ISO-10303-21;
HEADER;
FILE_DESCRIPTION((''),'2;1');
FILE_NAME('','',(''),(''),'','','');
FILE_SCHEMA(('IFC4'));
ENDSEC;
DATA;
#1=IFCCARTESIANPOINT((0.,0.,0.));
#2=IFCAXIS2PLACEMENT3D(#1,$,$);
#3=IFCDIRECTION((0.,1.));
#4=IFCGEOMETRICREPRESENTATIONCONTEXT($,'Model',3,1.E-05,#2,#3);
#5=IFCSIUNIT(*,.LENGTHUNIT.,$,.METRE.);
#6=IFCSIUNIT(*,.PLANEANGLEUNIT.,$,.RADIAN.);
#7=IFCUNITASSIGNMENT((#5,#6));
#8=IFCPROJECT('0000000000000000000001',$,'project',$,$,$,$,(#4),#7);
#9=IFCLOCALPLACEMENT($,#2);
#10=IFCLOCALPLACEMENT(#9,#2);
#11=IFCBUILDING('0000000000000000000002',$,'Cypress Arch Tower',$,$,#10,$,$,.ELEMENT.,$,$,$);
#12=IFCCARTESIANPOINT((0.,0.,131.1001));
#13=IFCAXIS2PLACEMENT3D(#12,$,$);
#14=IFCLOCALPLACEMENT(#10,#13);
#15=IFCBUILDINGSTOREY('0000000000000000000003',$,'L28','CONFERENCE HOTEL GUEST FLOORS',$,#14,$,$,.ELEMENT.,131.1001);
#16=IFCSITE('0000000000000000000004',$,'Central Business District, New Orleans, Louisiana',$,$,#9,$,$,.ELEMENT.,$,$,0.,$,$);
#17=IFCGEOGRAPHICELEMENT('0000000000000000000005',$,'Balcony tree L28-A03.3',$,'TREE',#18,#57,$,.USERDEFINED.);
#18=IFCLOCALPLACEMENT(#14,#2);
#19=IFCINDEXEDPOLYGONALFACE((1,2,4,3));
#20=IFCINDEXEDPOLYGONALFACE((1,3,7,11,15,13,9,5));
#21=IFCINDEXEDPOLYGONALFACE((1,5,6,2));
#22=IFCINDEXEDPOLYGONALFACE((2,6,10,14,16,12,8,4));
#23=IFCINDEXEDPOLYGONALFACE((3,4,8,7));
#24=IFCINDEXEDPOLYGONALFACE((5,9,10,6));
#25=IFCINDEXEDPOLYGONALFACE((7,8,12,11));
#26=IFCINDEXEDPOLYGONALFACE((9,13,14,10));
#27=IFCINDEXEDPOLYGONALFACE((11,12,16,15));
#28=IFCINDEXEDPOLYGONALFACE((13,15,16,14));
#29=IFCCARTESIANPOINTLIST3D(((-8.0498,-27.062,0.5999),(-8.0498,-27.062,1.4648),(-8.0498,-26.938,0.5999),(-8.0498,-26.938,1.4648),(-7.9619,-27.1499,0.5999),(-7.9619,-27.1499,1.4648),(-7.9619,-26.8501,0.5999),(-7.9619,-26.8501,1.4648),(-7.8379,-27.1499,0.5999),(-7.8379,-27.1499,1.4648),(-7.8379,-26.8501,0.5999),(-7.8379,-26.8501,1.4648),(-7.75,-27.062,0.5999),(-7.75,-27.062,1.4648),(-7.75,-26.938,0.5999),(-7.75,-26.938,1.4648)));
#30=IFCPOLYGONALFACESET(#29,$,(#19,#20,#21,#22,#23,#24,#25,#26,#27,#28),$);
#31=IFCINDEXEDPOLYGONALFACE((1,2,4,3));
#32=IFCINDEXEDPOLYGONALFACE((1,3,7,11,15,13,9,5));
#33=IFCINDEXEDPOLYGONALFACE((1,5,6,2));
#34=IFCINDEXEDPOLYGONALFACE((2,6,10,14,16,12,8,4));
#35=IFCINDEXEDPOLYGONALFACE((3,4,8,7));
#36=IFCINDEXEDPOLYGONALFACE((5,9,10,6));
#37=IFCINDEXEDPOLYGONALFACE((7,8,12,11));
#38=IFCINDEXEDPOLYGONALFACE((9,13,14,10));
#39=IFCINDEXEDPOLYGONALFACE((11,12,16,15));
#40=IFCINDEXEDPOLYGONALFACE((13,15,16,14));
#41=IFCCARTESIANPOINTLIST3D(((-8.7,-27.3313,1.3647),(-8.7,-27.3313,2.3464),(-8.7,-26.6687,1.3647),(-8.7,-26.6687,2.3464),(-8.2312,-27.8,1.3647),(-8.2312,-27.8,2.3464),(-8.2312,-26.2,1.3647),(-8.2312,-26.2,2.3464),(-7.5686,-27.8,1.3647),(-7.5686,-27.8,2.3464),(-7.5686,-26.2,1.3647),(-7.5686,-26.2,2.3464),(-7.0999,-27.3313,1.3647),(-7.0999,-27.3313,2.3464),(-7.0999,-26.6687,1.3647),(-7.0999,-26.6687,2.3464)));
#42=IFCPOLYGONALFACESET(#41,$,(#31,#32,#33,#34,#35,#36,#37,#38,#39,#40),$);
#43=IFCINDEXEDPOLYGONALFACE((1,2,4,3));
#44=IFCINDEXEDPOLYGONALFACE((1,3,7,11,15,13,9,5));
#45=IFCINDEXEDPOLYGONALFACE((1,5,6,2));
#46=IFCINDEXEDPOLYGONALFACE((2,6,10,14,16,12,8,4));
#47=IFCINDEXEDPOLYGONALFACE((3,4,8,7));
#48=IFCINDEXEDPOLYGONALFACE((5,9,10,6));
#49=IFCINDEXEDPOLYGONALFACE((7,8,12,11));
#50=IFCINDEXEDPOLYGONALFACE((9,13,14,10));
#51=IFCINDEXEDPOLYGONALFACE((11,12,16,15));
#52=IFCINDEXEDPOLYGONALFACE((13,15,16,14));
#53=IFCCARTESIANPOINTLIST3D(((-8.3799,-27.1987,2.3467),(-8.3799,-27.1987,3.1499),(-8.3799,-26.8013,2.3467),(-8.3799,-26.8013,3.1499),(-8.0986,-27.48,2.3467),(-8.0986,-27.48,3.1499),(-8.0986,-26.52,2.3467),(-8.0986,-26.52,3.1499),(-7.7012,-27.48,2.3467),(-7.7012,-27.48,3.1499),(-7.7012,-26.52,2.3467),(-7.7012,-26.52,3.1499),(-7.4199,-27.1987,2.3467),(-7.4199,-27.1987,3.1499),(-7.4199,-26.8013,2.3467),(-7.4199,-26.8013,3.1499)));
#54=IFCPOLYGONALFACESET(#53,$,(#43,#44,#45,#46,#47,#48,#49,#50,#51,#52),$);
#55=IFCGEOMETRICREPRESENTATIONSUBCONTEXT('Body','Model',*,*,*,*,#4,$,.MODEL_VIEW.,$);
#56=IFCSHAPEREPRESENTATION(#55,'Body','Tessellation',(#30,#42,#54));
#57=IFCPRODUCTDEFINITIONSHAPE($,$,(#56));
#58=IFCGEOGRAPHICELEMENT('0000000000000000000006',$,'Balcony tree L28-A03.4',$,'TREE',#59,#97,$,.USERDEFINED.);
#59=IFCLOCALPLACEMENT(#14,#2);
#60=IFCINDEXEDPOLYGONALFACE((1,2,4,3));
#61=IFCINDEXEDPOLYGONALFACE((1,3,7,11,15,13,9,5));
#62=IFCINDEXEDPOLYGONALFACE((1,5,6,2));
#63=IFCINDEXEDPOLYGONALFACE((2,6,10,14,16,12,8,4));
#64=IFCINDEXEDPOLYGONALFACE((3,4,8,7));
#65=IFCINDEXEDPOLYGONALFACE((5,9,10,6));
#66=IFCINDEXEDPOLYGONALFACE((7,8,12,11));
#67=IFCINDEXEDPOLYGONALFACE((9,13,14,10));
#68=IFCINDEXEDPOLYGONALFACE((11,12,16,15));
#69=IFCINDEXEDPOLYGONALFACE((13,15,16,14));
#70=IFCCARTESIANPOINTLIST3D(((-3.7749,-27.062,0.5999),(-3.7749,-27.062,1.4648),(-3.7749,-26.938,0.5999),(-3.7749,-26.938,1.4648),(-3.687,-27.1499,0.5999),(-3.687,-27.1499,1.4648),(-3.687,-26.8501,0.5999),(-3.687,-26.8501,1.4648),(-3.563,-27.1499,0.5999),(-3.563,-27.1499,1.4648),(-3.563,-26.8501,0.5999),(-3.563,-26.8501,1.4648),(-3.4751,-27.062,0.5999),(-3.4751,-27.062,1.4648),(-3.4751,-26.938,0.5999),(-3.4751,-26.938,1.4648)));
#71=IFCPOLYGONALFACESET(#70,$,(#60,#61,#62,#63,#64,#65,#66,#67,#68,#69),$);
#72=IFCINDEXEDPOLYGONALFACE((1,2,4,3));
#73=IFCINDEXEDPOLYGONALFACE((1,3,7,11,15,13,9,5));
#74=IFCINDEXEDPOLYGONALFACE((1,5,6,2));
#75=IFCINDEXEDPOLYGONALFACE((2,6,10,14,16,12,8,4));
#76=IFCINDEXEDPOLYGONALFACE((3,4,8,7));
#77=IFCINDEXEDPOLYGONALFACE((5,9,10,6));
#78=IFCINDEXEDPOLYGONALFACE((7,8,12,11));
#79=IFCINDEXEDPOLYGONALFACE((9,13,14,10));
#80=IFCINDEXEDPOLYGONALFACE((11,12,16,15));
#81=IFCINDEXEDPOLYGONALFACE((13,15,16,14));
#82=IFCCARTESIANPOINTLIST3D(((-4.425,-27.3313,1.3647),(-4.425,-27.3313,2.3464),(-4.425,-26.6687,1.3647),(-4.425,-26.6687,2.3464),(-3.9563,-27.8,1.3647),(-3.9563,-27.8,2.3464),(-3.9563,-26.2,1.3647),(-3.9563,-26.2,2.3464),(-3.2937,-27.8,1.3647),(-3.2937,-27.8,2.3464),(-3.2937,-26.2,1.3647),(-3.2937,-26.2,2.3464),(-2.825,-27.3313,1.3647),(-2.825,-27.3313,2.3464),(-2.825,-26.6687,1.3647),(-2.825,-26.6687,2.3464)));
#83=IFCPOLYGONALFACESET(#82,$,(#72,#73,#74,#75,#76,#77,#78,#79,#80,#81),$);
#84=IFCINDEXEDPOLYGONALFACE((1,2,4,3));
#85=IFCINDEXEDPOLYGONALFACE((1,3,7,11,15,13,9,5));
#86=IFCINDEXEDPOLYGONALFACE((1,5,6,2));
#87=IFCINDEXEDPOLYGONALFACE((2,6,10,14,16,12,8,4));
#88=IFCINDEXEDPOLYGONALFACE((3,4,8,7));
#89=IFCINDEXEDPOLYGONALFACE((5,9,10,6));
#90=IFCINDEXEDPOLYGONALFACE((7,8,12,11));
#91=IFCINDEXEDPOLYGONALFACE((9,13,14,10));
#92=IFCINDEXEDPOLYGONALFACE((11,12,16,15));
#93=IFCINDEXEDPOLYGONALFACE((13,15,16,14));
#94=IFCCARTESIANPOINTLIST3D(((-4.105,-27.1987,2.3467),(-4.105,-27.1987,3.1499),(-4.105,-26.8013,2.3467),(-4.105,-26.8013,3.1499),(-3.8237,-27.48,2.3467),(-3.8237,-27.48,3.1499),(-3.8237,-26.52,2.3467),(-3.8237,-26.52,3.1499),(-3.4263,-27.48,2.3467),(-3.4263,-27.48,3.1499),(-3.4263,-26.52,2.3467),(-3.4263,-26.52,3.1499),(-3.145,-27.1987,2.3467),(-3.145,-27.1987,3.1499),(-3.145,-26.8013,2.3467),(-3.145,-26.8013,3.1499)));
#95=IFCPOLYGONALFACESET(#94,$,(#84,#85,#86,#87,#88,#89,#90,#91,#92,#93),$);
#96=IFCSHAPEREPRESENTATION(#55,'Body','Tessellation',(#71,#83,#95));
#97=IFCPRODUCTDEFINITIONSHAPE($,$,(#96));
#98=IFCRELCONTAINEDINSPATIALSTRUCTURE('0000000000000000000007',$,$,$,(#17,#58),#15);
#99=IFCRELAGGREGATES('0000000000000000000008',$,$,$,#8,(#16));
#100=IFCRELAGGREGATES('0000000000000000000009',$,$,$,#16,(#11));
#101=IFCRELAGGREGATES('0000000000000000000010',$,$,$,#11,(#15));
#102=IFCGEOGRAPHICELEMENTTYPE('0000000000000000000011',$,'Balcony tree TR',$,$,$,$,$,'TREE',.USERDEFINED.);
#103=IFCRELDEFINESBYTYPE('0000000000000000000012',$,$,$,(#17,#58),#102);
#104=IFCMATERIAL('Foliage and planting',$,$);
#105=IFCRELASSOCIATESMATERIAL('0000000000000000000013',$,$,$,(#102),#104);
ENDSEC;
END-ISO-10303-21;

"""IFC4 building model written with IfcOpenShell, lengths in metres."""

from ifc_helpers import new_model, si_unit, direction, frame, origin, place, context, subcontext, project, spatial, polyline, outline, extrude, material, type_object, element, save


model = new_model("IFC4")

# Units and contexts
model_context = context("Model", 3, precision=1e-05, world=origin(), true_north=direction((0.0, 1.0)))
body_context = subcontext(model_context, "Body", "Model", "MODEL_VIEW")
ifc_project = project(units=[si_unit("LENGTHUNIT", "METRE"), si_unit("PLANEANGLEUNIT", "RADIAN")], contexts=[model_context])

# Site, building, storey
site_placement = place(None, origin())
site = spatial("IfcSite", under=ifc_project, at=site_placement, Name="Central Business District, New Orleans, Louisiana", CompositionType="ELEMENT", RefElevation=0.0)
building_placement = place(site_placement, origin())
building = spatial("IfcBuilding", under=site, at=building_placement, Name="Cypress Arch Tower", CompositionType="ELEMENT")
storey_placement = place(building_placement, frame((0.0, 0.0, 131.1001)))
storey = spatial("IfcBuildingStorey", under=building, at=storey_placement, Name="L28", Description="CONFERENCE HOTEL GUEST FLOORS", CompositionType="ELEMENT", Elevation=131.1001)

# Geographic elements
ifc_material_1 = material(Name="Foliage and planting")
geographic_element_type = type_object("IfcGeographicElementType", Name="Balcony tree TR", ElementType="TREE", PredefinedType="USERDEFINED", material=ifc_material_1)
for number, where, z_axis, x_axis, name in (
    (1, (-7.8999, -27.0, 0.5999), (0.0, 0.0, 1.0), (1.0, 0.0, 0.0), "Balcony tree L28-A03.3"),
    (2, (-3.625, -27.0, 0.5999), (0.0, 0.0, 1.0), (1.0, 0.0, 0.0), "Balcony tree L28-A03.4"),
):
    element("IfcGeographicElement", number, at=place(storey_placement, frame(where, z_axis=z_axis, x_axis=x_axis)), inside=storey, type_object=geographic_element_type, Name=name, ObjectType="TREE", PredefinedType="USERDEFINED", context=body_context, shape_type="SweptSolid", body=[
        extrude(outline(polyline([(0.1499, 0.062), (0.062, 0.1499), (-0.062, 0.1499), (-0.1499, 0.062), (-0.1499, -0.062), (-0.062, -0.1499), (0.062, -0.1499), (0.1499, -0.062), (0.1499, 0.062)])), origin(), (0.0, 0.0, 1.0), 0.865),
        extrude(outline(polyline([(0.8, 0.3313), (0.3313, 0.8), (-0.3313, 0.8), (-0.8, 0.3313), (-0.8, -0.3313), (-0.3313, -0.8), (0.3313, -0.8), (0.8, -0.3313), (0.8, 0.3313)])), frame((0.0, 0.0, 0.7649)), (0.0, 0.0, 1.0), 0.9817),
        extrude(outline(polyline([(0.48, 0.1987), (0.1987, 0.48), (-0.1987, 0.48), (-0.48, 0.1987), (-0.48, -0.1987), (-0.1987, -0.48), (0.1987, -0.48), (0.48, -0.1987), (0.48, 0.1987)])), frame((0.0, 0.0, 1.7468)), (0.0, 0.0, 1.0), 0.8032),
    ])

save(model, "model.ifc")
